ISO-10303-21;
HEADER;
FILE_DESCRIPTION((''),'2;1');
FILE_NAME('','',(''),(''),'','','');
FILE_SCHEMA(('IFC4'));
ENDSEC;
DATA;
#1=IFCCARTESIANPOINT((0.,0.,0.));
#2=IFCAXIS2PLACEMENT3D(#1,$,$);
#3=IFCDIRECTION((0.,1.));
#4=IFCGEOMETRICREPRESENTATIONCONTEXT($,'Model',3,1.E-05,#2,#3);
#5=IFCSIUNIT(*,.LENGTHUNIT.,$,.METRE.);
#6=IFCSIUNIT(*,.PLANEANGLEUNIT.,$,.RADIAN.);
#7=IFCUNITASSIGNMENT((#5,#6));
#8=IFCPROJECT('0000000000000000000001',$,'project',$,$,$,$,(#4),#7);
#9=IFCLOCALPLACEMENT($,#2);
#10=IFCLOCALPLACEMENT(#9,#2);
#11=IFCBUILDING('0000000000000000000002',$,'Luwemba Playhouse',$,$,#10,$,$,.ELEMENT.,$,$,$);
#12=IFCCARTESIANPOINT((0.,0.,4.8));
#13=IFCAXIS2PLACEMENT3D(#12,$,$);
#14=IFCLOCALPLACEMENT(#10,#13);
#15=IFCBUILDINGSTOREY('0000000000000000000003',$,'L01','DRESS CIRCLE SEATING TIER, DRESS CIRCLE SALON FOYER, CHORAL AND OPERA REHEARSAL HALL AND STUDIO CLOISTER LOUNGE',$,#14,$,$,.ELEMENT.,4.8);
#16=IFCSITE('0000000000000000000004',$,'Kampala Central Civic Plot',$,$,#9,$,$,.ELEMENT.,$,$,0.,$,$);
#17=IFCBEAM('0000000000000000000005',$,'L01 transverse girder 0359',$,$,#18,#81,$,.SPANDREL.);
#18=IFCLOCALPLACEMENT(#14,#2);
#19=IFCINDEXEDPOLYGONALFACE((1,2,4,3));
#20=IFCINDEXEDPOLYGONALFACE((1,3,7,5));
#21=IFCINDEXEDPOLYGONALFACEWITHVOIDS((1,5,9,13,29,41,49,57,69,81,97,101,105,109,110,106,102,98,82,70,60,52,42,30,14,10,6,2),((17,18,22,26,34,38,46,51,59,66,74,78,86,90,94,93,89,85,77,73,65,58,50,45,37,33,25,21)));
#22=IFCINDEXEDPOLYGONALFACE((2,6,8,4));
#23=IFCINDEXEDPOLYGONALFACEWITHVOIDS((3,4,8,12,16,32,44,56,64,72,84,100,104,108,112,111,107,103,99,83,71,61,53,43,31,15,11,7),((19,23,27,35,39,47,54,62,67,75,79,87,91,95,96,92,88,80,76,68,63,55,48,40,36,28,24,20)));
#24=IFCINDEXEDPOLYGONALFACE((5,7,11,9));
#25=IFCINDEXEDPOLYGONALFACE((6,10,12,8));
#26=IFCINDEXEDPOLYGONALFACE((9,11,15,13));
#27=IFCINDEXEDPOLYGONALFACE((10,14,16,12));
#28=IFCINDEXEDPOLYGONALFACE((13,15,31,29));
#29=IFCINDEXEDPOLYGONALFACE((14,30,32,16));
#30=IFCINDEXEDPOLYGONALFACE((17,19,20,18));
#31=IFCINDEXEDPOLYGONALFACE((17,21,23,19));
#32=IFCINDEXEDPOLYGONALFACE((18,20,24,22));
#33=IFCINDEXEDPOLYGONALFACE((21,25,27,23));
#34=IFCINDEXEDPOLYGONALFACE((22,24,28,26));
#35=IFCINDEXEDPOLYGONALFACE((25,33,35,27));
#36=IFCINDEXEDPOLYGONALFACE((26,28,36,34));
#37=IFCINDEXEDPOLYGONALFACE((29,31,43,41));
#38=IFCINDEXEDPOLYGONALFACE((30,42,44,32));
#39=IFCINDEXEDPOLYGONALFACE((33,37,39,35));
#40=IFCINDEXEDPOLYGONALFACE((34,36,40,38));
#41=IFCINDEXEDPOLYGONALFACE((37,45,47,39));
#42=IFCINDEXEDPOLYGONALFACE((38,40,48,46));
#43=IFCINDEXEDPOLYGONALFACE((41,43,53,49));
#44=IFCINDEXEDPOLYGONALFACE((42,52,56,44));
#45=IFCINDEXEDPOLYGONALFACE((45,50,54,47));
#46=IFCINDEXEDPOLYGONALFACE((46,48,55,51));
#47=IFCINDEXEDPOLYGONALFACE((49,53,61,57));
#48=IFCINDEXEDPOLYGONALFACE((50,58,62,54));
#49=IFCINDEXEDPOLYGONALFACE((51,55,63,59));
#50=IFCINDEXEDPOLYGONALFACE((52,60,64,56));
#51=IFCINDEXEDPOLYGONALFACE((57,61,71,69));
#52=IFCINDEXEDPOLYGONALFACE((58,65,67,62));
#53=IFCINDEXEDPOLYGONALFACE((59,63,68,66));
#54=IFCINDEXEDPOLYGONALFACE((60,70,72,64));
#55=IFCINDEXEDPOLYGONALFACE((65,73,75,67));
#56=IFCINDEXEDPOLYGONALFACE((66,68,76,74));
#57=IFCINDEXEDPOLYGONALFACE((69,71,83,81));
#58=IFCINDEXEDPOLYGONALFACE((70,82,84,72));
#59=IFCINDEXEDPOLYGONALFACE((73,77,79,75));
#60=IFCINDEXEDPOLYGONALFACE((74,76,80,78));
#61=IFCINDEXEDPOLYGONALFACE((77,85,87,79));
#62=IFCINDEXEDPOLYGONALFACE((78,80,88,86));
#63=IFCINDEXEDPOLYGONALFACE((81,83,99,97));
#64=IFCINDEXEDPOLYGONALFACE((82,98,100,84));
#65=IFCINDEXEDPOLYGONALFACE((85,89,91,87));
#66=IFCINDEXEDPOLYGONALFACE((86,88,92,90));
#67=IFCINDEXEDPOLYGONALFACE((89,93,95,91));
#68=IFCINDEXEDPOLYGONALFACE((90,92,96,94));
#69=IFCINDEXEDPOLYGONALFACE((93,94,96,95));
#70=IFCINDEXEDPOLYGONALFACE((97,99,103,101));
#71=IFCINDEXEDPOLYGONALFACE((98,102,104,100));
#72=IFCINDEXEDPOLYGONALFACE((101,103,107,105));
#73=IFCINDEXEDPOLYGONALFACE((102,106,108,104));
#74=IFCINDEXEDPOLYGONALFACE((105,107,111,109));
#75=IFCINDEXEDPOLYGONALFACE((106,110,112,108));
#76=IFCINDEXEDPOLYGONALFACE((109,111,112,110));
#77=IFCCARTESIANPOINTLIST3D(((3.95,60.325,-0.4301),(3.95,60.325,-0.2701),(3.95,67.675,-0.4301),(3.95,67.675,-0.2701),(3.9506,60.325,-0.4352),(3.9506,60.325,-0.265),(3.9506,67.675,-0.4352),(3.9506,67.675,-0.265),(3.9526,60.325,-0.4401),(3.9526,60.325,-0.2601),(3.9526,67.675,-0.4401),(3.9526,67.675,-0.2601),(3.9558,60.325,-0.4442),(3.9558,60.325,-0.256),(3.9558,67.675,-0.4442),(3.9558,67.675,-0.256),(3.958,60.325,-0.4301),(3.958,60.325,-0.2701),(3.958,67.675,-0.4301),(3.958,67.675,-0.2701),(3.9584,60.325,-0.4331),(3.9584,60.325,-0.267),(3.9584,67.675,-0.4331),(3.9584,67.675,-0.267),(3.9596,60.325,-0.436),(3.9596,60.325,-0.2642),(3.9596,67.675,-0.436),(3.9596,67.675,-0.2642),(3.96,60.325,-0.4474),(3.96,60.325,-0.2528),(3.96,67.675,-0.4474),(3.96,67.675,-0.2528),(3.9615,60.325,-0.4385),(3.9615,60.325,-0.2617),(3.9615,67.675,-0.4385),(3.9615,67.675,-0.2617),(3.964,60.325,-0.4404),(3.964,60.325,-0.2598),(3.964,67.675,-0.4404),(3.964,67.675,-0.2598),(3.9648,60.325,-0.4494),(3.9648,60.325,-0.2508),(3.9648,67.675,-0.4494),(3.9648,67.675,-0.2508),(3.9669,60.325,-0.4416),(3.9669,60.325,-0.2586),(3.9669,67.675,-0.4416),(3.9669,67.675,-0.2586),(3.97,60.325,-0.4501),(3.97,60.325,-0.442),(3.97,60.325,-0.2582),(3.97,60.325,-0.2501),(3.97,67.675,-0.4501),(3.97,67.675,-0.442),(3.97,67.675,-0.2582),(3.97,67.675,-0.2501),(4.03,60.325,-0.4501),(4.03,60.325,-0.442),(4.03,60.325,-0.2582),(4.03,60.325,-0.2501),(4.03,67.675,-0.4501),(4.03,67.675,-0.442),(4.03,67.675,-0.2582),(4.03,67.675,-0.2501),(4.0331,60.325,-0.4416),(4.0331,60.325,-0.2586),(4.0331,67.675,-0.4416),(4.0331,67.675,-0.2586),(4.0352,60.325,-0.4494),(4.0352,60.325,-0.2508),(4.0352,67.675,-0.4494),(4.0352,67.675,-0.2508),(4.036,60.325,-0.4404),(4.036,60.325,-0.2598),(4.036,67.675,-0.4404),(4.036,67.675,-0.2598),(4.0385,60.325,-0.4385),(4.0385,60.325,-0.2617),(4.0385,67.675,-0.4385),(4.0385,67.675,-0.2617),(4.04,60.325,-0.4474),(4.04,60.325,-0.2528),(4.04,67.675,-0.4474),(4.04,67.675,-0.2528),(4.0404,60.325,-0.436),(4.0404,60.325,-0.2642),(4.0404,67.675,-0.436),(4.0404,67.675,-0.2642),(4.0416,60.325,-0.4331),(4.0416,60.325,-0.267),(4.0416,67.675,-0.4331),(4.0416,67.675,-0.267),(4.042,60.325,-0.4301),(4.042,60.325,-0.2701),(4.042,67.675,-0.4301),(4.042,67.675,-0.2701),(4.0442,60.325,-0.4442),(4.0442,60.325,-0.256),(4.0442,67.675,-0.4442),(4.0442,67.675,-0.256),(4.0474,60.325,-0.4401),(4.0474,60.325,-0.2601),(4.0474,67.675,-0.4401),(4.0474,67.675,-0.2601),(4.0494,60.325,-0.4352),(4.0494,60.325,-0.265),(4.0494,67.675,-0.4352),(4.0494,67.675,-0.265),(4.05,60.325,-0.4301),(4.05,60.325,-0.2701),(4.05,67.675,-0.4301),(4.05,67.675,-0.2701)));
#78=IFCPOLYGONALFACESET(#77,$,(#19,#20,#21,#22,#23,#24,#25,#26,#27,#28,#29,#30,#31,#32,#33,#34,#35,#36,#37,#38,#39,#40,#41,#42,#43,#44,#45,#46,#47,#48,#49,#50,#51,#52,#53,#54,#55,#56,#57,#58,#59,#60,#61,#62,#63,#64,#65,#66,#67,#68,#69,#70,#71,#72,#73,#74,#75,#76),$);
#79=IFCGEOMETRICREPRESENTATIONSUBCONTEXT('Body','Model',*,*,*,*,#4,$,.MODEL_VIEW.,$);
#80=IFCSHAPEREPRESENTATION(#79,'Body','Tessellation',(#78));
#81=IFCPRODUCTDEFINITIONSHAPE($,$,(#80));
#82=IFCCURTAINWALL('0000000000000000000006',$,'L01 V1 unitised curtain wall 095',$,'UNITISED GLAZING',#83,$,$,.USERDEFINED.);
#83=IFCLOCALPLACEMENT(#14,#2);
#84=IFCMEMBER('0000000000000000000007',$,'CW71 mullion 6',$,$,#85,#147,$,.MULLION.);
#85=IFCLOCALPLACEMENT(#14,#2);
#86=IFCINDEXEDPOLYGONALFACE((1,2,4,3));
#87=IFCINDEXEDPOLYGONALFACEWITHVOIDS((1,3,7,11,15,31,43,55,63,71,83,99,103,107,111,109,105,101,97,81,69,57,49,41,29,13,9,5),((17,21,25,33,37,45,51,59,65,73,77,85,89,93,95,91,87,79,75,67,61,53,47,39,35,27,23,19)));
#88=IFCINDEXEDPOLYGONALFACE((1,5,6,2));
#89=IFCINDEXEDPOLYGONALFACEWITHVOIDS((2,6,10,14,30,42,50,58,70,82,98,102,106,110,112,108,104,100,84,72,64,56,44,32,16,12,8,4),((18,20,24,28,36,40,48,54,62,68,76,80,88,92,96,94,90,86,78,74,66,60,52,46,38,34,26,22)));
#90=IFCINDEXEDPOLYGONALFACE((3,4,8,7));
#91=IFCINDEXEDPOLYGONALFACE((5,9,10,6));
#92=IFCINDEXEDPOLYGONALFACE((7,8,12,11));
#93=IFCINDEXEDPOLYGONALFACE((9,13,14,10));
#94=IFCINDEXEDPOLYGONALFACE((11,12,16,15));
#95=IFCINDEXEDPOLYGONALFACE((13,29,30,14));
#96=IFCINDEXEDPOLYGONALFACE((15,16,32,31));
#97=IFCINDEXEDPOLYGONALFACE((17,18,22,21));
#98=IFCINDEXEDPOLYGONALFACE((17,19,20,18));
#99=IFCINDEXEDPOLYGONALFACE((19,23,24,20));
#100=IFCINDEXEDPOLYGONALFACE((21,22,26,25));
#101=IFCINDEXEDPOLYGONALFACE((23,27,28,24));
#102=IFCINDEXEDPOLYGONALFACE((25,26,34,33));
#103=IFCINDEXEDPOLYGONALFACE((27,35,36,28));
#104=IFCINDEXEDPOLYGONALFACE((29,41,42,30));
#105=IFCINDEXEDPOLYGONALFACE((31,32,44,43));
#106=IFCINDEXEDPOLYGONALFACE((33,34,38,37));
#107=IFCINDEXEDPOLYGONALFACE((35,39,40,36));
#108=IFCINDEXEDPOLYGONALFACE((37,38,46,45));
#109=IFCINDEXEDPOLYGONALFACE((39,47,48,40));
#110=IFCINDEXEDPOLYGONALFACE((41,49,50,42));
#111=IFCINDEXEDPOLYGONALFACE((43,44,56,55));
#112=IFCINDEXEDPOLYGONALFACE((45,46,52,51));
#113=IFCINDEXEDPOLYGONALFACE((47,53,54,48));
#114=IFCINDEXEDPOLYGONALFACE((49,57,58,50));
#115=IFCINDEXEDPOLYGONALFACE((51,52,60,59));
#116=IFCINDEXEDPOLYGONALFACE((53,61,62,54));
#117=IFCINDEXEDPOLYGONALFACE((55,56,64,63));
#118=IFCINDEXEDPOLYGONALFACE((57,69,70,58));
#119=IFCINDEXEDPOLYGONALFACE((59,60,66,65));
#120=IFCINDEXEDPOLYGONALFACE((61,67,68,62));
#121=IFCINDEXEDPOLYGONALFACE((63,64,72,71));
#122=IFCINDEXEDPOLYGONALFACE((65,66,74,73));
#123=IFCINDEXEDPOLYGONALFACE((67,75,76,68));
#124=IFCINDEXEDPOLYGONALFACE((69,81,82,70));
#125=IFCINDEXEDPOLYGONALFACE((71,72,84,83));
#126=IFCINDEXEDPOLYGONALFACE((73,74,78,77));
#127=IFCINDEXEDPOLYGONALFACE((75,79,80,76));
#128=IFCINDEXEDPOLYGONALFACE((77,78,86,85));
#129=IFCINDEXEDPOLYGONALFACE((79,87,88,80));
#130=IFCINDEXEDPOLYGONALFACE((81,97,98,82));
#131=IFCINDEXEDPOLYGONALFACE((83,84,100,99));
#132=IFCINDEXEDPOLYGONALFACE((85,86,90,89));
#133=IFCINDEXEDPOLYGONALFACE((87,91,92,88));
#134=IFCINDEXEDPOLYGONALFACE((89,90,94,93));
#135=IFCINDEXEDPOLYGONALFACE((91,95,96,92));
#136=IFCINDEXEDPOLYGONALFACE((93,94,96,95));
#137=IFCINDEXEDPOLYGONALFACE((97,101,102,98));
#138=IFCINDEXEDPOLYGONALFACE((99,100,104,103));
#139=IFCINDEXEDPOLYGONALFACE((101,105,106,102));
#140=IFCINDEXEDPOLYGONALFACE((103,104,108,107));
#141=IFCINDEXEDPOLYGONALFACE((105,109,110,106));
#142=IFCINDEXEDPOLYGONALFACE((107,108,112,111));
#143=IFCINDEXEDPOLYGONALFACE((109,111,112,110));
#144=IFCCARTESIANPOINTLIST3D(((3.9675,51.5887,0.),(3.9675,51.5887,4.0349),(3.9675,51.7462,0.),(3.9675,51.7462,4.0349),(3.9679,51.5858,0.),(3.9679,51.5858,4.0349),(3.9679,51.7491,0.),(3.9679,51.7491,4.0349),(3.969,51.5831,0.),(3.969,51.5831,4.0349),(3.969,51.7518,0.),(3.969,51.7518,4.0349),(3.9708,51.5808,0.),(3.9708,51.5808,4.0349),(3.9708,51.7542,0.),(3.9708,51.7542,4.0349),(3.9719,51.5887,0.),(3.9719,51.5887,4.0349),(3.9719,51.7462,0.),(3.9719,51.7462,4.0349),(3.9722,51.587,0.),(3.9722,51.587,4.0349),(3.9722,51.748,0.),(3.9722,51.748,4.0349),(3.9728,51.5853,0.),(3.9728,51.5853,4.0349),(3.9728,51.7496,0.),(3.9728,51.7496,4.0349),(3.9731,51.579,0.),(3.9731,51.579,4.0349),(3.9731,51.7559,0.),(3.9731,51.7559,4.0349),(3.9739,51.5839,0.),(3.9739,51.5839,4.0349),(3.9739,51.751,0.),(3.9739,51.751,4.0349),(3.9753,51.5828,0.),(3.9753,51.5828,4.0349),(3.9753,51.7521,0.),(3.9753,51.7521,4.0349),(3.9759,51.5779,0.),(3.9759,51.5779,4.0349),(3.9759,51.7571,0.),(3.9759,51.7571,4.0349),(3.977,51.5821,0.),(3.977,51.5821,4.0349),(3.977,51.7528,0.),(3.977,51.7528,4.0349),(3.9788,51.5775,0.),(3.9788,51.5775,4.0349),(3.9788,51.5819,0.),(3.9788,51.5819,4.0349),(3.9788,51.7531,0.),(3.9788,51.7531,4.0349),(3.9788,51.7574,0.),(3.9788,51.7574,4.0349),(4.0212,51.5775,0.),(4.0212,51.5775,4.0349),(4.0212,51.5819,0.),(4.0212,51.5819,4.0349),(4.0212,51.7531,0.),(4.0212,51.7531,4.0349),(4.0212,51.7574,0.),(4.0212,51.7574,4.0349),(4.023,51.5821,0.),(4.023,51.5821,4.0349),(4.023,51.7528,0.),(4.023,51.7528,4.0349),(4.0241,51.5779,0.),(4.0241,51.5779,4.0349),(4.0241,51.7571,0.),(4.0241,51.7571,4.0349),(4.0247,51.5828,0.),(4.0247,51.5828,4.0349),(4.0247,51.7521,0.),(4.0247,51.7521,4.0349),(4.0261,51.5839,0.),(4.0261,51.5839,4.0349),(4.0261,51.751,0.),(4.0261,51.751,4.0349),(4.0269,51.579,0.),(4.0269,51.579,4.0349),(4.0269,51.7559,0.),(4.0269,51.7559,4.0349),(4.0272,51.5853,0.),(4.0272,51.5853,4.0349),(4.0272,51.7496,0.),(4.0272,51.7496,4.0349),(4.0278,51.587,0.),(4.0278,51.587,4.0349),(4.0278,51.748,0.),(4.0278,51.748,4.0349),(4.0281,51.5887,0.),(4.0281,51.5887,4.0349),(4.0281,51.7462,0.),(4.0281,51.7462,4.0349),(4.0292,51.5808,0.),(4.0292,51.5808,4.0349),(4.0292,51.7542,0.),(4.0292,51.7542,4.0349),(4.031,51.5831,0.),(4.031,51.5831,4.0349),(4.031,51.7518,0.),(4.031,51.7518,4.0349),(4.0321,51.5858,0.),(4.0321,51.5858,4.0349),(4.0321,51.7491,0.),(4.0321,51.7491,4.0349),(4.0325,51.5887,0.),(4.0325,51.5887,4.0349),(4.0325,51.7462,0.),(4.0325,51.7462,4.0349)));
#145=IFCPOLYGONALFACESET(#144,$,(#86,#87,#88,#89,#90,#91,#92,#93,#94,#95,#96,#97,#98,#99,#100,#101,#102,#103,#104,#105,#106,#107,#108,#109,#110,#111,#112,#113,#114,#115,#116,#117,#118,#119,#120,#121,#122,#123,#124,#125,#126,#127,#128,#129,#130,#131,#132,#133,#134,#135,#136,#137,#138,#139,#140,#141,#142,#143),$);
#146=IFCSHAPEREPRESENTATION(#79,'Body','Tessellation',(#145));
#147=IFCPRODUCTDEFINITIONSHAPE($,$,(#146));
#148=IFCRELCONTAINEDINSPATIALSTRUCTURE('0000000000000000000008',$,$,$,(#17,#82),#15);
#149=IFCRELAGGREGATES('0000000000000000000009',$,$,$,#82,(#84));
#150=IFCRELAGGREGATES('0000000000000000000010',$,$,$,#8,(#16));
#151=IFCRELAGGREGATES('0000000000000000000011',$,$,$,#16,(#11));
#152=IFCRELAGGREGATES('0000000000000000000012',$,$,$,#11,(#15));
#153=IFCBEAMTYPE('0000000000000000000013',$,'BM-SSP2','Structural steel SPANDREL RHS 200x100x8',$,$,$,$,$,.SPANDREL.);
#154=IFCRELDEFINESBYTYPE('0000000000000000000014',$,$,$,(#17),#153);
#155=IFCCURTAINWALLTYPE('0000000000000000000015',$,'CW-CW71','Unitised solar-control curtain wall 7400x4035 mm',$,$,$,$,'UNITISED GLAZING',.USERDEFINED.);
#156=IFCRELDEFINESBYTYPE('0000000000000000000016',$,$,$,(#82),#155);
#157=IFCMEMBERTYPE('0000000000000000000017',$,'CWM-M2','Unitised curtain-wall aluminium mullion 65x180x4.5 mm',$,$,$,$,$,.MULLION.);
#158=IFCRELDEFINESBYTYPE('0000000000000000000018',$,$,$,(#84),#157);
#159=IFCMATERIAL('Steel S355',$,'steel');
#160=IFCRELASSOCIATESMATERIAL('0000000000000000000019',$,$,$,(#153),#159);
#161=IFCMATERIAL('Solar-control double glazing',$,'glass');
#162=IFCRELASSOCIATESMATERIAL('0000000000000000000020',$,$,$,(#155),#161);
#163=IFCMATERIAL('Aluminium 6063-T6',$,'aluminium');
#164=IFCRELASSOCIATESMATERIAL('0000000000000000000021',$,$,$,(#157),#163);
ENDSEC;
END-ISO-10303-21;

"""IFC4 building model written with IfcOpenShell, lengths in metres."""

from ifc_helpers import new_model, si_unit, direction, frame, origin, origin_2d, place, context, subcontext, project, spatial, hollow_rectangle, extrude, material, material_profile, profile_set, type_object, element, aggregate, save


model = new_model("IFC4")

# Units and contexts
model_context = context("Model", 3, precision=1e-05, world=origin(), true_north=direction((0.0, 1.0)))
body_context = subcontext(model_context, "Body", "Model", "MODEL_VIEW")
ifc_project = project(units=[si_unit("LENGTHUNIT", "METRE"), si_unit("PLANEANGLEUNIT", "RADIAN")], contexts=[model_context])

# Site, building, storey
site_placement = place(None, origin())
site = spatial("IfcSite", under=ifc_project, at=site_placement, Name="Kampala Central Civic Plot", CompositionType="ELEMENT", RefElevation=0.0)
building_placement = place(site_placement, origin())
building = spatial("IfcBuilding", under=site, at=building_placement, Name="Luwemba Playhouse", CompositionType="ELEMENT")
storey_placement = place(building_placement, frame((0.0, 0.0, 4.8)))
storey = spatial("IfcBuildingStorey", under=building, at=storey_placement, Name="L01", Description="DRESS CIRCLE SEATING TIER, DRESS CIRCLE SALON FOYER, CHORAL AND OPERA REHEARSAL HALL AND STUDIO CLOISTER LOUNGE", CompositionType="ELEMENT", Elevation=4.8)

# Beam
ifc_material_1 = material(Name="Steel S355", Category="steel")
ifc_material_profile_1 = material_profile(ifc_material_1, hollow_rectangle(XDim=0.1001, YDim=0.2, WallThickness=0.0081, InnerFilletRadius=0.012, OuterFilletRadius=0.02, at=origin_2d()))
ifc_profile_set_1 = profile_set([ifc_material_profile_1], Name="Steel S355")
beam_type_1 = type_object("IfcBeamType", Name="BM-SSP2", Description="Structural steel SPANDREL RHS 200x100x8", PredefinedType="SPANDREL", material=ifc_profile_set_1)
beam_1_placement = place(storey_placement, frame((4.0, 60.325, -0.3501), z_axis=(0.0, 1.0, 0.0), x_axis=(-1.0, 0.0, 0.0)))
element("IfcBeam", 1, at=beam_1_placement, inside=storey, type_object=beam_type_1, Name="L01 transverse girder 0359", PredefinedType="SPANDREL", context=body_context, shape_type="SweptSolid", body=[
    extrude(hollow_rectangle(XDim=0.1001, YDim=0.2, WallThickness=0.0081, InnerFilletRadius=0.012, OuterFilletRadius=0.02, at=origin_2d()), origin(), (0.0, 0.0, 1.0), 7.3501),
])

# Curtain wall, member
ifc_material_2 = material(Name="Solar-control double glazing", Category="glass")
curtain_wall_type_1 = type_object("IfcCurtainWallType", Name="CW-CW71", Description="Unitised solar-control curtain wall 7400x4035 mm", ElementType="UNITISED GLAZING", PredefinedType="USERDEFINED", material=ifc_material_2)
curtain_wall_1_placement = place(storey_placement, origin())
curtain_wall_1 = element("IfcCurtainWall", 2, at=curtain_wall_1_placement, inside=storey, type_object=curtain_wall_type_1, Name="L01 V1 unitised curtain wall 095", ObjectType="UNITISED GLAZING", PredefinedType="USERDEFINED")
ifc_material_3 = material(Name="Aluminium 6063-T6", Category="aluminium")
ifc_material_profile_2 = material_profile(ifc_material_3, hollow_rectangle(XDim=0.0649, YDim=0.1799, WallThickness=0.0044, InnerFilletRadius=0.0068, OuterFilletRadius=0.0112, at=origin_2d()))
ifc_profile_set_2 = profile_set([ifc_material_profile_2], Name="Aluminium 6063-T6")
member_type_1 = type_object("IfcMemberType", Name="CWM-M2", Description="Unitised curtain-wall aluminium mullion 65x180x4.5 mm", PredefinedType="MULLION", material=ifc_profile_set_2)
member_1_placement = place(storey_placement, frame((4.0, 51.6675, 0.0), z_axis=(0.0, 0.0, 1.0), x_axis=(-1.0, 0.0, 0.0)))
member_1 = element("IfcMember", 3, at=member_1_placement, type_object=member_type_1, Name="CW71 mullion 6", PredefinedType="MULLION", context=body_context, shape_type="SweptSolid", body=[
    extrude(hollow_rectangle(XDim=0.0649, YDim=0.1799, WallThickness=0.0044, InnerFilletRadius=0.0068, OuterFilletRadius=0.0112, at=origin_2d()), origin(), (0.0, 0.0, 1.0), 4.0349),
])

aggregate(curtain_wall_1, [member_1])

save(model, "model.ifc")
